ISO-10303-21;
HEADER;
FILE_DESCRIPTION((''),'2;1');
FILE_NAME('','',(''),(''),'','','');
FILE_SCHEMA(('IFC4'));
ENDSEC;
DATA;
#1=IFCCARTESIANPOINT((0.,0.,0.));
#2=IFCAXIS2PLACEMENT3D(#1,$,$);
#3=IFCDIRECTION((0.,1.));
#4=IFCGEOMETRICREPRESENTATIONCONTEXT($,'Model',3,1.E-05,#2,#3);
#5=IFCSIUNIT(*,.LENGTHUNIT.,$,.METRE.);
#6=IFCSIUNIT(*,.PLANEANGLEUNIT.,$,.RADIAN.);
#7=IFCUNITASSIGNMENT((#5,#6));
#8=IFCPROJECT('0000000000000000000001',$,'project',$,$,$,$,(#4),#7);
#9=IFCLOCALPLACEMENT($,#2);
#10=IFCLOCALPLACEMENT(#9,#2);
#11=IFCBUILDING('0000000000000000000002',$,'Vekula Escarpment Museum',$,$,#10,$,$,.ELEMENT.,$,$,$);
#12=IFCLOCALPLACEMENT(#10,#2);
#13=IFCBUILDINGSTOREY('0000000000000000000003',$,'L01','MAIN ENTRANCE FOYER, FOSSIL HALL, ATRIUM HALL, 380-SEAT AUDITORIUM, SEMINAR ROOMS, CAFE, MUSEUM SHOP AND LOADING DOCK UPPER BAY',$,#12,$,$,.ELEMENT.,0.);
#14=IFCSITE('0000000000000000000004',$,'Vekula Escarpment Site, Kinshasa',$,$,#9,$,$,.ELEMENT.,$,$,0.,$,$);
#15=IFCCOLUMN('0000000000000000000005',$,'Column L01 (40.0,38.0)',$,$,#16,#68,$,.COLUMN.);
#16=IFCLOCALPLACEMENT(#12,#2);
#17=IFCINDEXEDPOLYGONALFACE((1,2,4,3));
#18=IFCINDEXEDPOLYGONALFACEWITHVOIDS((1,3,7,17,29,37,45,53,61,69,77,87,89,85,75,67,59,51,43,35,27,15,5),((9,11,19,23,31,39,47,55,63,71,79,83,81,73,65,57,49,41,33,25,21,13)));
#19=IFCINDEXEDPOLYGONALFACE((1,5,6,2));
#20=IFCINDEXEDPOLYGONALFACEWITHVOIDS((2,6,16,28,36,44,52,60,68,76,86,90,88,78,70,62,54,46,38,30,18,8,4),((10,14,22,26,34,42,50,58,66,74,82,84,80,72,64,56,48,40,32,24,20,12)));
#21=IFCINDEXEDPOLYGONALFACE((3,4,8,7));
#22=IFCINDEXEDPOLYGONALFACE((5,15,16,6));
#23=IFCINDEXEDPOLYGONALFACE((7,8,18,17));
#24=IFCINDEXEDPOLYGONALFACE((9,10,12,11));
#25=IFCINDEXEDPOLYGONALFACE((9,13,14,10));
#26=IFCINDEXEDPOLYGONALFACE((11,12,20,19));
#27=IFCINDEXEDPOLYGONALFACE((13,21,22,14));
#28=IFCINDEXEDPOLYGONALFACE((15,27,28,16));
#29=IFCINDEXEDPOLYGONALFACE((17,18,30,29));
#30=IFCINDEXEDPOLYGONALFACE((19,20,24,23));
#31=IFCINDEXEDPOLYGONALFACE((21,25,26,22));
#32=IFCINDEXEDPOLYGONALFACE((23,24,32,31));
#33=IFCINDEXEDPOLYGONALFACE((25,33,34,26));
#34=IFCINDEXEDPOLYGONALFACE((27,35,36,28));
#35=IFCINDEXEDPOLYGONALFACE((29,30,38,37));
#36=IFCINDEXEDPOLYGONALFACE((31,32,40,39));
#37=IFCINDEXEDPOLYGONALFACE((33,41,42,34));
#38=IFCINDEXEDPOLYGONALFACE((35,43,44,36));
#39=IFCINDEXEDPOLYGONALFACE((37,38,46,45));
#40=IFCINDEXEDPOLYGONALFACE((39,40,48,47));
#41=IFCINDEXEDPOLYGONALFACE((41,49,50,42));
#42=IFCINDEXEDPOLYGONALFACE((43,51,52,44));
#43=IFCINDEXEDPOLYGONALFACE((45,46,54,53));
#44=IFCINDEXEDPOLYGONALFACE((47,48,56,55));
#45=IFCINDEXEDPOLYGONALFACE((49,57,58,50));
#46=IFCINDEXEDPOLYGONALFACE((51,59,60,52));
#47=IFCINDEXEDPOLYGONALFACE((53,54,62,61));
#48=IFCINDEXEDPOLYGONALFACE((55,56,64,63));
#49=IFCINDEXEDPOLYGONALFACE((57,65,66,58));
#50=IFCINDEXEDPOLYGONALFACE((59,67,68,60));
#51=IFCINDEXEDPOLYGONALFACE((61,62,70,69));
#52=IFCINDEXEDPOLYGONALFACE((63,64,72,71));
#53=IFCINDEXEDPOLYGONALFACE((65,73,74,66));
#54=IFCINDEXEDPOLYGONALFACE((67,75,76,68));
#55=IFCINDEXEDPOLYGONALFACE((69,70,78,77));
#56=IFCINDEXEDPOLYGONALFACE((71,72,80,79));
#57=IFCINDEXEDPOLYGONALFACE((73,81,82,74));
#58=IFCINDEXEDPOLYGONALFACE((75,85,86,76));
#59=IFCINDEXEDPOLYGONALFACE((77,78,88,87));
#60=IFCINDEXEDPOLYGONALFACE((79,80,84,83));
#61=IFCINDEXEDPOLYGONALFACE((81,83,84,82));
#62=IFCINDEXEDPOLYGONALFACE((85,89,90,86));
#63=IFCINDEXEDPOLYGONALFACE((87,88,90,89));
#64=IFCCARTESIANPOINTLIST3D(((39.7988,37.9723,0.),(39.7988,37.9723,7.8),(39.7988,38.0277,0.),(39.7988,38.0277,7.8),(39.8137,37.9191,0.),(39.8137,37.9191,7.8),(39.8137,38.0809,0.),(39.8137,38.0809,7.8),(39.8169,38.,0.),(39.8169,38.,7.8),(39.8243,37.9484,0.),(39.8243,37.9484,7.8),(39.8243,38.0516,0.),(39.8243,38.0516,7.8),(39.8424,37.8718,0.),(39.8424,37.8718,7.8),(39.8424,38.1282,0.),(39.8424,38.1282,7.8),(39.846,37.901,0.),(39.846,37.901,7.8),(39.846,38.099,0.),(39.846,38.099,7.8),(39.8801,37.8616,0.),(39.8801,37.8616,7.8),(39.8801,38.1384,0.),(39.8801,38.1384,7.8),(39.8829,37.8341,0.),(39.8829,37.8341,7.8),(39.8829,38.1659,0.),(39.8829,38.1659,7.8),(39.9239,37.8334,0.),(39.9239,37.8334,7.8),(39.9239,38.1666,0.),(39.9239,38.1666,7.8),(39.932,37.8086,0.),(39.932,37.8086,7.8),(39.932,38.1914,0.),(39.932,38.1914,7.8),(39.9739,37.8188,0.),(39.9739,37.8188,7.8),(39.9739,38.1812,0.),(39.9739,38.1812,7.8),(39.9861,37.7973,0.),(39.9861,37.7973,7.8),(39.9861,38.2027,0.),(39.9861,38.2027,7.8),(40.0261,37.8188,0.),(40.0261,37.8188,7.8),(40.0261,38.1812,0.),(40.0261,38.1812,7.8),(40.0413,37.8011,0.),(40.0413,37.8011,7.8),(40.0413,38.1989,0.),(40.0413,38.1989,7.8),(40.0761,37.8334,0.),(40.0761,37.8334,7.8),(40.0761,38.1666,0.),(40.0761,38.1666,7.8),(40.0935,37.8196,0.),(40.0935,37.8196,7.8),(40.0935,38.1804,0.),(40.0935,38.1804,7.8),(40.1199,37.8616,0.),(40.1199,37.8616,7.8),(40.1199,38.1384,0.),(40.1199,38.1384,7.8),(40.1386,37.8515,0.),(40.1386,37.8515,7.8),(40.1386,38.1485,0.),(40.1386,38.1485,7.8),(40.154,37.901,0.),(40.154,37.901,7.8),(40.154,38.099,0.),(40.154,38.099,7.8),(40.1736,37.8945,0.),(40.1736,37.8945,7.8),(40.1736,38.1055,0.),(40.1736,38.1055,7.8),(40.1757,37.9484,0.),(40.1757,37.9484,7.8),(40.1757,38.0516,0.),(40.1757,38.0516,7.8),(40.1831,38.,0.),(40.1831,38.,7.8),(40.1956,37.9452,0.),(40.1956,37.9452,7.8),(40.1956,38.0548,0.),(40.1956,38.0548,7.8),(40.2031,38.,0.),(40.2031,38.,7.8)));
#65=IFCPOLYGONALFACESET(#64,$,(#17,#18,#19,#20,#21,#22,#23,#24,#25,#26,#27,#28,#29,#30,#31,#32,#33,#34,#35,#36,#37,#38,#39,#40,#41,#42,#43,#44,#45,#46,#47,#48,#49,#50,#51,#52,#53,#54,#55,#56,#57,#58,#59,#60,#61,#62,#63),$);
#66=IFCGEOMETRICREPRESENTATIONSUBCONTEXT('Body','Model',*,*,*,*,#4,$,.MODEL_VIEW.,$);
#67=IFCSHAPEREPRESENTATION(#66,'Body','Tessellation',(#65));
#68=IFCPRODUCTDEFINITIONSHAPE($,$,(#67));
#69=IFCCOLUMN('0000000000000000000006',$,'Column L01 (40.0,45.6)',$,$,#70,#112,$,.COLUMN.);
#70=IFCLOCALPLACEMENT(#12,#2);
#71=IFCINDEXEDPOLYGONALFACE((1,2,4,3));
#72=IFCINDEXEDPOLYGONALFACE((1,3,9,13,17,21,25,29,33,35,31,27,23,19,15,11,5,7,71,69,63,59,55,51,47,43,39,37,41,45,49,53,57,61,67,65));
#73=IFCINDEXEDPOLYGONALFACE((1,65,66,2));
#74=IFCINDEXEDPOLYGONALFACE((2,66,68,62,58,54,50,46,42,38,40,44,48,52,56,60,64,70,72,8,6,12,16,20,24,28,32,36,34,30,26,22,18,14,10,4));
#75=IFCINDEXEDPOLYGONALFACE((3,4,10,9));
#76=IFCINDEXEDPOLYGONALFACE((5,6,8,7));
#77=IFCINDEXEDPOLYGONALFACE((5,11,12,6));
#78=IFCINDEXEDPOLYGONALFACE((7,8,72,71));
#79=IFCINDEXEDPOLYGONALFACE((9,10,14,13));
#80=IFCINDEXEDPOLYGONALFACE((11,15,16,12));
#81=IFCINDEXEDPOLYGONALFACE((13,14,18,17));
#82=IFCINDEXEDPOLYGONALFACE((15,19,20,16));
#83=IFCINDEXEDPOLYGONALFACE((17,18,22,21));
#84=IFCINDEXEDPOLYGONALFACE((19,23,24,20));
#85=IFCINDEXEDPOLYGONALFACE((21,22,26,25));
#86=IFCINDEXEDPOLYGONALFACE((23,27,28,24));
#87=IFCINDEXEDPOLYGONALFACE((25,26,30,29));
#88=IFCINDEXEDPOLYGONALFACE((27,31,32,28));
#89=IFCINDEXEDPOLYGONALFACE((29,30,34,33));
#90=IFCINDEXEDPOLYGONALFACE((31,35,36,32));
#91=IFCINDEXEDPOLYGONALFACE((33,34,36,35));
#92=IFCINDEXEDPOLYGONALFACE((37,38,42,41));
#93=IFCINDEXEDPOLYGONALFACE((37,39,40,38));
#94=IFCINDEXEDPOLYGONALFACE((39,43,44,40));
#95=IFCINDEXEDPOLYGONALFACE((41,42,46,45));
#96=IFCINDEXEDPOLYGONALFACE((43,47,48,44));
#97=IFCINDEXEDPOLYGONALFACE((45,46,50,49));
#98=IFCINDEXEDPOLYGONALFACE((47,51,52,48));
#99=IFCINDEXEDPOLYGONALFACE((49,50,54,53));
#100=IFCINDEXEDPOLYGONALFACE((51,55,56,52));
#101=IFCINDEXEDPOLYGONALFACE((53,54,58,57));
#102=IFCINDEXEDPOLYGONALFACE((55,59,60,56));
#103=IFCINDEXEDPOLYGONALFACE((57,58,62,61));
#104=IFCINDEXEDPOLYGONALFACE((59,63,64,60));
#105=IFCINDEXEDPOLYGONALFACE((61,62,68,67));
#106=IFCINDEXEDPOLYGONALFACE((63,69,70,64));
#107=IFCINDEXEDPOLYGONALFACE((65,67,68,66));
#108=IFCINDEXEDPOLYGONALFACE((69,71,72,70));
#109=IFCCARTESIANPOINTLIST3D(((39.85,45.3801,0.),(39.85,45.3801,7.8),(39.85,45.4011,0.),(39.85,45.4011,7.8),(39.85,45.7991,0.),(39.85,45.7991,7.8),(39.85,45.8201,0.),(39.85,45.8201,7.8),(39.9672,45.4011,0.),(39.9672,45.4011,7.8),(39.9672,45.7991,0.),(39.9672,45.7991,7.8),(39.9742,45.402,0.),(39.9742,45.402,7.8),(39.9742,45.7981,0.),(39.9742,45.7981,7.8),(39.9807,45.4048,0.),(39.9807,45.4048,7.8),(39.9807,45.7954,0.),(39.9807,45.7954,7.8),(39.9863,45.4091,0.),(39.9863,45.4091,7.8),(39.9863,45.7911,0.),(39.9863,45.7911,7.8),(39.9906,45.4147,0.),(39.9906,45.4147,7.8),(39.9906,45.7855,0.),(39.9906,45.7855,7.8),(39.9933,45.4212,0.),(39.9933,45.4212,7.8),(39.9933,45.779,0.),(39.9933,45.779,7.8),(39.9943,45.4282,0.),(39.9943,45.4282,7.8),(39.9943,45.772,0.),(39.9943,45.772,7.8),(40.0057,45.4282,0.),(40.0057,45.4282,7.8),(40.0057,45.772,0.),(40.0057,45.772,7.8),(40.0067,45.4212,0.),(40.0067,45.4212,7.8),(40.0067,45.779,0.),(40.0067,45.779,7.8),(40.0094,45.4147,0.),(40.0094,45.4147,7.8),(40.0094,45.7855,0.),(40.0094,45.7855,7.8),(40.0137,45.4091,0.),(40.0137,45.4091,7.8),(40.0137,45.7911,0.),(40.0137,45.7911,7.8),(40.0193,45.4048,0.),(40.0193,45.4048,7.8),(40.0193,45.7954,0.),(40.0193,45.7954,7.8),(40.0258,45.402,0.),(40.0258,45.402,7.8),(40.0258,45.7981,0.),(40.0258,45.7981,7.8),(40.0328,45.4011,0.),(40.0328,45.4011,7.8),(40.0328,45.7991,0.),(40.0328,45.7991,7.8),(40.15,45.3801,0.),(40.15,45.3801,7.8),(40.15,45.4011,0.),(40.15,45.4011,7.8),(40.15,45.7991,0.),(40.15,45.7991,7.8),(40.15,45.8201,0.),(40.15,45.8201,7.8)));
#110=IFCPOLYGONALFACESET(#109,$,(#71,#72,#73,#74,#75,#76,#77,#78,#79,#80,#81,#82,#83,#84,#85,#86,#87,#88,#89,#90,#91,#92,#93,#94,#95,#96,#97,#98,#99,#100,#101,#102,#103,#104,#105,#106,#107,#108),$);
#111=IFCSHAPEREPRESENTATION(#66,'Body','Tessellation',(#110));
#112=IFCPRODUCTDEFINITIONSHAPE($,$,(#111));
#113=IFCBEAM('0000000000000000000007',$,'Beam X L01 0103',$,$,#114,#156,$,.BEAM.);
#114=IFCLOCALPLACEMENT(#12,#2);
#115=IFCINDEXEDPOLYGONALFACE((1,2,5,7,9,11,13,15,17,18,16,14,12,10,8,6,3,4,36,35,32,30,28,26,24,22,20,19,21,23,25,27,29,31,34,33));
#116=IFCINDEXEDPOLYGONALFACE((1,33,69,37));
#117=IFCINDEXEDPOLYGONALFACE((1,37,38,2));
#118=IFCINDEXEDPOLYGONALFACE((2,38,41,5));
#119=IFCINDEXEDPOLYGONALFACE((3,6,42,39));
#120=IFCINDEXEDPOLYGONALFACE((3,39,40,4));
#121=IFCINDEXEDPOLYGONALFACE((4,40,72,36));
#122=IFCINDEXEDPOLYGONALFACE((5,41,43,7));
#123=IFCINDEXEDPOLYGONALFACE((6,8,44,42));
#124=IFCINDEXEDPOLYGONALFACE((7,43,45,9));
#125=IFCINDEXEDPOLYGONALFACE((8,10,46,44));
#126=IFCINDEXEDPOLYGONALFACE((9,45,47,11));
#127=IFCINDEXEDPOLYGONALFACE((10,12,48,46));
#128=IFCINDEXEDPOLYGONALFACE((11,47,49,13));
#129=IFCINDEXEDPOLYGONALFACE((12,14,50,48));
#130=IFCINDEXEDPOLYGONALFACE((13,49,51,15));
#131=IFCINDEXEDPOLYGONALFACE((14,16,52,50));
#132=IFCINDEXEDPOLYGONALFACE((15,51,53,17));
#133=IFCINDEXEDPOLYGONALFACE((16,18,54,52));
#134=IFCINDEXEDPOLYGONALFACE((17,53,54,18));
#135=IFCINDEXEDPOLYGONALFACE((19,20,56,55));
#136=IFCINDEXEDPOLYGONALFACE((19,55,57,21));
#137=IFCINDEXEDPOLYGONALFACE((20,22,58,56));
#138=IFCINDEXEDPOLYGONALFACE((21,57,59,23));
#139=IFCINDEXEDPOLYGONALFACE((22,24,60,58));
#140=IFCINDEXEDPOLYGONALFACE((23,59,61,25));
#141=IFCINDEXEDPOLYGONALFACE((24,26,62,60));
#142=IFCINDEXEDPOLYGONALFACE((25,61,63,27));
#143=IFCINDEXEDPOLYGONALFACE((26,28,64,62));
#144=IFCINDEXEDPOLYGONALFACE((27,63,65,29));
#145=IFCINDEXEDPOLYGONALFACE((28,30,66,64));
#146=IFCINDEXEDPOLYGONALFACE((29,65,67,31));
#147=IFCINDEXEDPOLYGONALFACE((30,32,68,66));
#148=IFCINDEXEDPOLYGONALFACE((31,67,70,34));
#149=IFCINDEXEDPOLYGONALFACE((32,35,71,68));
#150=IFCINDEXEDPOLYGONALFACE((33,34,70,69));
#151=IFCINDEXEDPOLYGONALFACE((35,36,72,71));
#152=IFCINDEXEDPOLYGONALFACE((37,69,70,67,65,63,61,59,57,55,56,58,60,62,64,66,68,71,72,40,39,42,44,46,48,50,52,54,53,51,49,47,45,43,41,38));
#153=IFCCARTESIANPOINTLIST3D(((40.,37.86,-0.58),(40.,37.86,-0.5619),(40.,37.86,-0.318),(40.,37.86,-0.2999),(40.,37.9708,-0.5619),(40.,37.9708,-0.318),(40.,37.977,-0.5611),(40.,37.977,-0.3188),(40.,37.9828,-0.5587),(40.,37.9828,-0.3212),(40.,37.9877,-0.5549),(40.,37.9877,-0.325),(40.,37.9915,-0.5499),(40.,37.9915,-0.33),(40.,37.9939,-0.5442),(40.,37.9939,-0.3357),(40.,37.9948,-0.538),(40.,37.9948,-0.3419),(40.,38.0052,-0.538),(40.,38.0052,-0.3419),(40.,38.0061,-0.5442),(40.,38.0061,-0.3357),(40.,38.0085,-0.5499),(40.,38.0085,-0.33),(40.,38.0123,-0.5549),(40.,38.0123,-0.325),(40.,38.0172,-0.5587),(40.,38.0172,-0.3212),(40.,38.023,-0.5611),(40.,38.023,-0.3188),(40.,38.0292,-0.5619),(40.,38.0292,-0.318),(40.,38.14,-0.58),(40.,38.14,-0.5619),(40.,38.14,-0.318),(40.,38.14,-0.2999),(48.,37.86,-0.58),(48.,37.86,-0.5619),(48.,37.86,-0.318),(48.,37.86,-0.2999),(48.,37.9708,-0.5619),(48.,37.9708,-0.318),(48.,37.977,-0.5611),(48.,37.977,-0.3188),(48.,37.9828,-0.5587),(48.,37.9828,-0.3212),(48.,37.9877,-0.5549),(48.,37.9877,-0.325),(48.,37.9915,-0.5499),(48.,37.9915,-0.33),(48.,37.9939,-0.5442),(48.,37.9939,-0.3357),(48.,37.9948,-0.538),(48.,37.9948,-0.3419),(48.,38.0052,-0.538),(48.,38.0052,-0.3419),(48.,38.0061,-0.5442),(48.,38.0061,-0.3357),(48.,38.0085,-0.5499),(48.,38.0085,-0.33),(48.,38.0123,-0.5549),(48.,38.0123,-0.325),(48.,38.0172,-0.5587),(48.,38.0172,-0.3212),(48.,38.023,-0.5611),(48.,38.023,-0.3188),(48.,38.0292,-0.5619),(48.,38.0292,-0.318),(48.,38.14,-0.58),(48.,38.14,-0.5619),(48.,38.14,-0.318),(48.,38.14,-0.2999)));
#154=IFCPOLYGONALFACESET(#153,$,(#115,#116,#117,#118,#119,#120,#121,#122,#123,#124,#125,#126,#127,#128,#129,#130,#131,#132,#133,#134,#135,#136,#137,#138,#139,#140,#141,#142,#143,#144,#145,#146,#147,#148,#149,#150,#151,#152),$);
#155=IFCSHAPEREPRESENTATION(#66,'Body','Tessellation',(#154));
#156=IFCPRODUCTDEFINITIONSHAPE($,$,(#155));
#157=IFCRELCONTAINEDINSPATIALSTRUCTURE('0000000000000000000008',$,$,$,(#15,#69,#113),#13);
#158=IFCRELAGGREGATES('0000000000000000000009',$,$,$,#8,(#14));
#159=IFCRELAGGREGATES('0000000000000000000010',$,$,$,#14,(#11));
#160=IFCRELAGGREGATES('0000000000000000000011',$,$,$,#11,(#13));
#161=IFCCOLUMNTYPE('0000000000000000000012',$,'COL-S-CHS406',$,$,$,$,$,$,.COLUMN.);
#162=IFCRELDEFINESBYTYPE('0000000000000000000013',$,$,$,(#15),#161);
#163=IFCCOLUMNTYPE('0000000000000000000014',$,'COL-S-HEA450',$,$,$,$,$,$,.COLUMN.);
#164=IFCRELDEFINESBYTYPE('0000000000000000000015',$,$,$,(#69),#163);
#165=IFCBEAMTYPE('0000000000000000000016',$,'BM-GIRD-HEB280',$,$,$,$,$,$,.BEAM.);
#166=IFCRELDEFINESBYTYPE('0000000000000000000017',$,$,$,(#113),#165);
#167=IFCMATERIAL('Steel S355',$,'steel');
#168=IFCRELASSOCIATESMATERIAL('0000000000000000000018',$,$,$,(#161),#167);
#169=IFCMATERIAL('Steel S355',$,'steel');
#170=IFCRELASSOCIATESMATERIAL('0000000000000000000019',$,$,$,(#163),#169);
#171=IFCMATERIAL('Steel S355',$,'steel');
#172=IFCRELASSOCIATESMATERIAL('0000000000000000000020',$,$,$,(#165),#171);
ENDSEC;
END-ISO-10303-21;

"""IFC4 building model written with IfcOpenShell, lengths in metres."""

from ifc_helpers import new_model, si_unit, direction, frame, origin, origin_2d, place, context, subcontext, project, spatial, hollow_circle, i_section, extrude, material, material_profile, profile_set, type_object, element, save


model = new_model("IFC4")

# Units and contexts
model_context = context("Model", 3, precision=1e-05, world=origin(), true_north=direction((0.0, 1.0)))
body_context = subcontext(model_context, "Body", "Model", "MODEL_VIEW")
ifc_project = project(units=[si_unit("LENGTHUNIT", "METRE"), si_unit("PLANEANGLEUNIT", "RADIAN")], contexts=[model_context])

# Site, building, storey
site_placement = place(None, origin())
site = spatial("IfcSite", under=ifc_project, at=site_placement, Name="Vekula Escarpment Site, Kinshasa", CompositionType="ELEMENT", RefElevation=0.0)
building_placement = place(site_placement, origin())
building = spatial("IfcBuilding", under=site, at=building_placement, Name="Vekula Escarpment Museum", CompositionType="ELEMENT")
storey_placement = place(building_placement, origin())
storey = spatial("IfcBuildingStorey", under=building, at=storey_placement, Name="L01", Description="MAIN ENTRANCE FOYER, FOSSIL HALL, ATRIUM HALL, 380-SEAT AUDITORIUM, SEMINAR ROOMS, CAFE, MUSEUM SHOP AND LOADING DOCK UPPER BAY", CompositionType="ELEMENT", Elevation=0.0)

# Columns
ifc_material_1 = material(Name="Steel S355", Category="steel")
ifc_material_profile_1 = material_profile(ifc_material_1, hollow_circle(Radius=0.2031, WallThickness=0.02, at=origin_2d()), Name="CHS 406.4x20")
ifc_profile_set_1 = profile_set([ifc_material_profile_1], Name="Steel S355")
column_type_1 = type_object("IfcColumnType", Name="COL-S-CHS406", PredefinedType="COLUMN", material=ifc_profile_set_1)
column_1_placement = place(storey_placement, frame((40.0, 38.0, 0.0), z_axis=(0.0, 0.0, 1.0), x_axis=(1.0, 0.0, 0.0)))
element("IfcColumn", 1, at=column_1_placement, inside=storey, type_object=column_type_1, Name="Column L01 (40.0,38.0)", PredefinedType="COLUMN", context=body_context, shape_type="SweptSolid", body=[
    extrude(hollow_circle(Radius=0.2031, WallThickness=0.02, at=origin_2d()), origin(), (0.0, 0.0, 1.0), 7.8),
])
ifc_material_2 = material(Name="Steel S355", Category="steel")
ifc_material_profile_2 = material_profile(ifc_material_2, i_section(OverallWidth=0.3, OverallDepth=0.4399, WebThickness=0.0115, FlangeThickness=0.021, FilletRadius=0.0271, at=origin_2d()), Name="HEA 450")
ifc_profile_set_2 = profile_set([ifc_material_profile_2], Name="Steel S355")
column_type_2 = type_object("IfcColumnType", Name="COL-S-HEA450", PredefinedType="COLUMN", material=ifc_profile_set_2)
column_2_placement = place(storey_placement, frame((40.0, 45.6001, 0.0), z_axis=(0.0, 0.0, 1.0), x_axis=(1.0, 0.0, 0.0)))
element("IfcColumn", 2, at=column_2_placement, inside=storey, type_object=column_type_2, Name="Column L01 (40.0,45.6)", PredefinedType="COLUMN", context=body_context, shape_type="SweptSolid", body=[
    extrude(i_section(OverallWidth=0.3, OverallDepth=0.4399, WebThickness=0.0115, FlangeThickness=0.021, FilletRadius=0.0271, at=origin_2d()), origin(), (0.0, 0.0, 1.0), 7.8),
])

# Beam
ifc_material_3 = material(Name="Steel S355", Category="steel")
ifc_material_profile_3 = material_profile(ifc_material_3, i_section(OverallWidth=0.28, OverallDepth=0.28, WebThickness=0.0105, FlangeThickness=0.0181, FilletRadius=0.0239, at=origin_2d()), Name="HEB 280")
ifc_profile_set_3 = profile_set([ifc_material_profile_3], Name="Steel S355")
beam_type_1 = type_object("IfcBeamType", Name="BM-GIRD-HEB280", PredefinedType="BEAM", material=ifc_profile_set_3)
beam_1_placement = place(storey_placement, frame((40.0, 38.0, -0.4399), z_axis=(1.0, 0.0, 0.0), x_axis=(0.0, 1.0, 0.0)))
element("IfcBeam", 3, at=beam_1_placement, inside=storey, type_object=beam_type_1, Name="Beam X L01 0103", PredefinedType="BEAM", context=body_context, shape_type="SweptSolid", body=[
    extrude(i_section(OverallWidth=0.28, OverallDepth=0.28, WebThickness=0.0105, FlangeThickness=0.0181, FilletRadius=0.0239, at=origin_2d()), origin(), (0.0, 0.0, 1.0), 8.0),
])

save(model, "model.ifc")
